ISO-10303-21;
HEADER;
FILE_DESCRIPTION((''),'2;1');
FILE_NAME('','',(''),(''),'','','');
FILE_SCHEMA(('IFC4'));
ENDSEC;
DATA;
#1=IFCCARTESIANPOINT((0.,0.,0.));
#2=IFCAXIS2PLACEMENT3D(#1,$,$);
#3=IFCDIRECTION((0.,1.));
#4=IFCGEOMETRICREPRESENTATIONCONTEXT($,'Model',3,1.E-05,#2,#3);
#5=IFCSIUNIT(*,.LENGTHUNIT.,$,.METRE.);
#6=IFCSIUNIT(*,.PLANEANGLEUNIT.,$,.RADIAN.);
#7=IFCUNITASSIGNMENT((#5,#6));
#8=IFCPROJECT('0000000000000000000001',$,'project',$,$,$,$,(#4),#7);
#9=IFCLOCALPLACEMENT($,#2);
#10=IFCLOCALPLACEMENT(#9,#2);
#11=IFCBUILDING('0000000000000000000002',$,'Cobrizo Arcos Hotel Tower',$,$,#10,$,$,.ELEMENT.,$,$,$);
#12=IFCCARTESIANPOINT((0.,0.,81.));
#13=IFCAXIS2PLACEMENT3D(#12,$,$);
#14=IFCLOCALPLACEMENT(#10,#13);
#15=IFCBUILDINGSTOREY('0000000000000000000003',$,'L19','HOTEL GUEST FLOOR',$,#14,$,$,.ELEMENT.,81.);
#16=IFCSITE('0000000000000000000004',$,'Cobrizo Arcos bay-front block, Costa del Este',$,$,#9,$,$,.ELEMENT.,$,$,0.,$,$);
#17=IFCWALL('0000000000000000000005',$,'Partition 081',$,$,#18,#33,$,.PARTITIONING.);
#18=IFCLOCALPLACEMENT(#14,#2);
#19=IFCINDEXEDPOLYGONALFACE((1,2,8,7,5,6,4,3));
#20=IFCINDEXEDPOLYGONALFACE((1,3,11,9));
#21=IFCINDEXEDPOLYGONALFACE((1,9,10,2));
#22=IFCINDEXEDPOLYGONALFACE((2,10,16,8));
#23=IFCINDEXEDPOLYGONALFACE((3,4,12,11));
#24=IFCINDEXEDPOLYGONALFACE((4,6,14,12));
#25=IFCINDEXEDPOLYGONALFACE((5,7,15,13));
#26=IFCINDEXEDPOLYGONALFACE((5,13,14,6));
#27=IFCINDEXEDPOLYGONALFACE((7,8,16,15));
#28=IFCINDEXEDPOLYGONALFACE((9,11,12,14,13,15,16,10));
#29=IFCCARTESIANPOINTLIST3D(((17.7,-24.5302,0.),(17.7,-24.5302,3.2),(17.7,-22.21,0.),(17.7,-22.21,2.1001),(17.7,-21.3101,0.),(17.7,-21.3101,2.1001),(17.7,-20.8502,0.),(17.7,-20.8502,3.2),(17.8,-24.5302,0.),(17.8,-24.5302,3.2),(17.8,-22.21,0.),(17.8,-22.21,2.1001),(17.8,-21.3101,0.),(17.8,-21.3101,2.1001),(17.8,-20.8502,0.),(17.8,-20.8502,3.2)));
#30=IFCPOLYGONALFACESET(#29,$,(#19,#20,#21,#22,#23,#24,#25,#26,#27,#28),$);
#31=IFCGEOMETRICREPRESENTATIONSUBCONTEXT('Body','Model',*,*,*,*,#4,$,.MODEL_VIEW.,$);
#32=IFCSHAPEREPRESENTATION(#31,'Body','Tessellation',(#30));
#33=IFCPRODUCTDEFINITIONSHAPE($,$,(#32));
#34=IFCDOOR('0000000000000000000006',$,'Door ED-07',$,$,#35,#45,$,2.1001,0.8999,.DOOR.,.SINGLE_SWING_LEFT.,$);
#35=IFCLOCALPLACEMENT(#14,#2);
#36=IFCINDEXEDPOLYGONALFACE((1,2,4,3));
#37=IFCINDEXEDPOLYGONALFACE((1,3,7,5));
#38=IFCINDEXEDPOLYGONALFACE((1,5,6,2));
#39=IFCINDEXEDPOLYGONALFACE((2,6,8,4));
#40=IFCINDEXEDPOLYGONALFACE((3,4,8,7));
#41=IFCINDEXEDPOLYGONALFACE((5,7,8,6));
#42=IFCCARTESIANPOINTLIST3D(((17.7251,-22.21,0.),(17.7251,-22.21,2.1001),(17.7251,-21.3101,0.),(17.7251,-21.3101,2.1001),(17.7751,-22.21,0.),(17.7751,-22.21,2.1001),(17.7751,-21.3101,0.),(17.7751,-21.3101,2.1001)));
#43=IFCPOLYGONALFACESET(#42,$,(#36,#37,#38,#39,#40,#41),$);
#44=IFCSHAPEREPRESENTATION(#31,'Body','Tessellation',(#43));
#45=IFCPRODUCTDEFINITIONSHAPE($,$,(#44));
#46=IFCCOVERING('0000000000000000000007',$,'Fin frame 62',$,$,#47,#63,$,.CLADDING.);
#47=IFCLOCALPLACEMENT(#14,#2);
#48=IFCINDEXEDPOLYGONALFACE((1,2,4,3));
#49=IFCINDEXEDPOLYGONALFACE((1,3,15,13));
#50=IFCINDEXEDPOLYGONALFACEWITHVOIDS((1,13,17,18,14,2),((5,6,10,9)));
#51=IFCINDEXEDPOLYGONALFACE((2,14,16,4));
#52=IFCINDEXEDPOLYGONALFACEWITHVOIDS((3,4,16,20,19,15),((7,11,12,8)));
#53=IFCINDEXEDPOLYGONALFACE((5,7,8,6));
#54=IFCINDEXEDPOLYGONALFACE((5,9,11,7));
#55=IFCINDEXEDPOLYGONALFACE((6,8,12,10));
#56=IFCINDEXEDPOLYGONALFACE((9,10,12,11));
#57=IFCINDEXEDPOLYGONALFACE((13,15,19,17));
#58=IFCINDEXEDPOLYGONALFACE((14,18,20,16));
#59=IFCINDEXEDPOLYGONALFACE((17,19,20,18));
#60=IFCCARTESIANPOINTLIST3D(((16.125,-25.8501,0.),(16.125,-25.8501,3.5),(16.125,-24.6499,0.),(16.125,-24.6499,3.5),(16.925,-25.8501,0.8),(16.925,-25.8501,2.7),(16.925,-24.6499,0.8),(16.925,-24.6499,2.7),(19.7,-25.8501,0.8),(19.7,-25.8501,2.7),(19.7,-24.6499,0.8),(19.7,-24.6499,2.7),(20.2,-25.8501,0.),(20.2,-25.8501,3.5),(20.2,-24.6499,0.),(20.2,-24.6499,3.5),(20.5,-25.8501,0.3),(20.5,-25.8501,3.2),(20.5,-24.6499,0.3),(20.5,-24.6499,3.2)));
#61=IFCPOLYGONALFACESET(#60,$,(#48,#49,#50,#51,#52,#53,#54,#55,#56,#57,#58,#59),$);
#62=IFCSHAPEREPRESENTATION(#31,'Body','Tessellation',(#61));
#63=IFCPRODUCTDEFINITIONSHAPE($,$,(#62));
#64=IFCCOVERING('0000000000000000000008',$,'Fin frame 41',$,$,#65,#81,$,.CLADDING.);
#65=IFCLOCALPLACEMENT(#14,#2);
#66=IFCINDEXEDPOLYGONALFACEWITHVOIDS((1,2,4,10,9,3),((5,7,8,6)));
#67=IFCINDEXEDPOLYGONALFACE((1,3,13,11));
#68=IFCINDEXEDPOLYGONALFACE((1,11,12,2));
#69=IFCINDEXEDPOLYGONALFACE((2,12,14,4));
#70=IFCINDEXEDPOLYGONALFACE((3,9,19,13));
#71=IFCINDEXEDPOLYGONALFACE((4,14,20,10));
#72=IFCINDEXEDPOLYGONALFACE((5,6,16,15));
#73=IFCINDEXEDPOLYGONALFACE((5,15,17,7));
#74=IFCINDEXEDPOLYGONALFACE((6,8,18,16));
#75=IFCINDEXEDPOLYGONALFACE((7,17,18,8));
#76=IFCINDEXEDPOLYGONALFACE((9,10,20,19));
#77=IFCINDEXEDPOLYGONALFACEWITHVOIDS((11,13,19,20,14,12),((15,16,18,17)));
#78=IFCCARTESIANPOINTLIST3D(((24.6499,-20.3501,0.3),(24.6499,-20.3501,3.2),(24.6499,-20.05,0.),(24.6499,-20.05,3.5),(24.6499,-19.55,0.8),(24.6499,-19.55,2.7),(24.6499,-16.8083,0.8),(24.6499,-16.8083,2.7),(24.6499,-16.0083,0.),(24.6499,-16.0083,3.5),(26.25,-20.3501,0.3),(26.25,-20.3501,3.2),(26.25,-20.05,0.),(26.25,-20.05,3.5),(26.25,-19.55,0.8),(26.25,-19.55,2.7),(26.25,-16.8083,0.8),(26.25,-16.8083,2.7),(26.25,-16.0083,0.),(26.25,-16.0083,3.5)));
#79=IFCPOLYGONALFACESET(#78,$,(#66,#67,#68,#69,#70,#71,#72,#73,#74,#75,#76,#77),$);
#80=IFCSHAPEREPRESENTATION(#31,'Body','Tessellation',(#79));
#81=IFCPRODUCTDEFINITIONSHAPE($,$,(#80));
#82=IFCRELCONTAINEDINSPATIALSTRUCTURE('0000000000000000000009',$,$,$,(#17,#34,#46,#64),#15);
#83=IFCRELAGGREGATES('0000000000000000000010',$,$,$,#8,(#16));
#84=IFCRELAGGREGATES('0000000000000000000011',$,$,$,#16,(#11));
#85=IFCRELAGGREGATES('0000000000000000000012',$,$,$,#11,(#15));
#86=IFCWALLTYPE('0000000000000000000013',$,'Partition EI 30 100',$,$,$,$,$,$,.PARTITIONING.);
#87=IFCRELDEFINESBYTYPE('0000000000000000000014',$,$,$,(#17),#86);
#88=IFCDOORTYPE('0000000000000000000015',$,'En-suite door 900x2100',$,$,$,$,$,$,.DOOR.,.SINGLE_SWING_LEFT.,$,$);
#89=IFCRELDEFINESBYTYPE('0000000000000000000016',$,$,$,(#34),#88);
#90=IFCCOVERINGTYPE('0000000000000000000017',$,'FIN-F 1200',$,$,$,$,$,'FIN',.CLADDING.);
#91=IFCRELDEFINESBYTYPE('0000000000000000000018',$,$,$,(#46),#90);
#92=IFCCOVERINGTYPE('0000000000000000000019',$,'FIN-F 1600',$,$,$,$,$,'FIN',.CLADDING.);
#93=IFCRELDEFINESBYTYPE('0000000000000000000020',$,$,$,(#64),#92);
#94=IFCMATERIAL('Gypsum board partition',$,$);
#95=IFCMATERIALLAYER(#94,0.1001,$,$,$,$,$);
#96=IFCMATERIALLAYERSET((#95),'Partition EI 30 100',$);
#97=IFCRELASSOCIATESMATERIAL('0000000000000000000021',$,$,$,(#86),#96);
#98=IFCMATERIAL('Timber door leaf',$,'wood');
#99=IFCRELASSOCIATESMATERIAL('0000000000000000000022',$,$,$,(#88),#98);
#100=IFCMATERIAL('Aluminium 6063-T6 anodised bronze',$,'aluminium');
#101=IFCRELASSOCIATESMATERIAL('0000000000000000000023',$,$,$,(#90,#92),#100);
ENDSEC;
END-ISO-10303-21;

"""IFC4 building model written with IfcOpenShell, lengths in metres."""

from ifc_helpers import new_model, si_unit, direction, frame, frame_2d, origin, place, context, subcontext, project, spatial, polyline, rectangle, outline, extrude, material, layer, layer_set, type_object, element, fill, save


model = new_model("IFC4")

# Units and contexts
model_context = context("Model", 3, precision=1e-05, world=origin(), true_north=direction((0.0, 1.0)))
body_context = subcontext(model_context, "Body", "Model", "MODEL_VIEW")
ifc_project = project(units=[si_unit("LENGTHUNIT", "METRE"), si_unit("PLANEANGLEUNIT", "RADIAN")], contexts=[model_context])

# Site, building, storey
site_placement = place(None, origin())
site = spatial("IfcSite", under=ifc_project, at=site_placement, Name="Cobrizo Arcos bay-front block, Costa del Este", CompositionType="ELEMENT", RefElevation=0.0)
building_placement = place(site_placement, origin())
building = spatial("IfcBuilding", under=site, at=building_placement, Name="Cobrizo Arcos Hotel Tower", CompositionType="ELEMENT")
storey_placement = place(building_placement, frame((0.0, 0.0, 81.0)))
storey = spatial("IfcBuildingStorey", under=building, at=storey_placement, Name="L19", Description="HOTEL GUEST FLOOR", CompositionType="ELEMENT", Elevation=81.0)

# Shared definitions
ifc_material_1 = material(Name="Aluminium 6063-T6 anodised bronze", Category="aluminium")

# Shared definitions
ifc_material_2 = material(Name="Gypsum board partition")
ifc_layer_1 = layer(ifc_material_2, 0.1001)
ifc_layer_set_1 = layer_set([ifc_layer_1], Name="Partition EI 30 100")
wall_type = type_object("IfcWallType", Name="Partition EI 30 100", PredefinedType="PARTITIONING", material=ifc_layer_set_1)

# Wall, opening, door
ifc_material_3 = material(Name="Timber door leaf", Category="wood")
wall_1_placement = place(storey_placement, frame((17.75, -24.53, 0.0), z_axis=(0.0, 0.0, 1.0), x_axis=(0.0, 1.0, 0.0)))
wall_1 = element("IfcWall", 1, at=wall_1_placement, inside=storey, type_object=wall_type, Name="Partition 081", PredefinedType="PARTITIONING", context=body_context, shape_type="SweptSolid", body=[
    extrude(rectangle(XDim=3.6799, YDim=0.1001, at=frame_2d((1.8398, 0.0))), origin(), (0.0, 0.0, 1.0), 3.2),
])
opening_1_placement = place(wall_1_placement, frame((2.3201, 0.0, 0.0)))
opening_1 = element("IfcOpeningElement", 2, at=opening_1_placement, cuts=wall_1, PredefinedType="OPENING", context=body_context, shape_type="SweptSolid", body=[
    extrude(rectangle(XDim=0.8999, YDim=2.1001, at=frame_2d((0.45, 1.05))), frame((0.0, 0.062, 0.0), z_axis=(0.0, -1.0, 0.0), x_axis=(1.0, 0.0, 0.0)), (0.0, 0.0, 1.0), 0.124),
])
door_type_1 = type_object("IfcDoorType", Name="En-suite door 900x2100", OperationType="SINGLE_SWING_LEFT", PredefinedType="DOOR", material=ifc_material_3)
door_1_placement = place(opening_1_placement, origin())
door_1 = element("IfcDoor", 3, at=door_1_placement, inside=storey, type_object=door_type_1, Name="Door ED-07", OperationType="SINGLE_SWING_LEFT", OverallHeight=2.1001, OverallWidth=0.8999, PredefinedType="DOOR", context=body_context, shape_type="SweptSolid", body=[
    extrude(rectangle(XDim=0.8999, YDim=2.1001, at=frame_2d((0.45, 1.05))), frame((0.0, 0.0249, 0.0), z_axis=(0.0, -1.0, 0.0), x_axis=(1.0, 0.0, 0.0)), (0.0, 0.0, 1.0), 0.05),
])
fill(opening_1, door_1)

# Coverings
covering_type_1 = type_object("IfcCoveringType", Name="FIN-F 1200", ElementType="FIN", PredefinedType="CLADDING", material=ifc_material_1)
covering_1_placement = place(storey_placement, frame((16.125, -24.6499, 0.0), z_axis=(0.0, -1.0, 0.0), x_axis=(1.0, 0.0, 0.0)))
element("IfcCovering", 4, at=covering_1_placement, inside=storey, type_object=covering_type_1, Name="Fin frame 62", PredefinedType="CLADDING", context=body_context, shape_type="SweptSolid", body=[
    extrude(outline(polyline([(0.0, 3.5), (0.0, 0.0), (4.075, 0.0), (4.375, 0.3), (4.375, 3.2), (4.075, 3.5), (0.0, 3.5)]), holes=[polyline([(3.575, 0.8), (0.8, 0.8), (0.8, 2.7), (3.575, 2.7), (3.575, 0.8)])]), origin(), (0.0, 0.0, 1.0), 1.2002),
])
covering_type_2 = type_object("IfcCoveringType", Name="FIN-F 1600", ElementType="FIN", PredefinedType="CLADDING", material=ifc_material_1)
covering_2_placement = place(storey_placement, frame((24.6499, -20.3501, 0.0), z_axis=(1.0, 0.0, 0.0), x_axis=(0.0, 1.0, 0.0)))
element("IfcCovering", 5, at=covering_2_placement, inside=storey, type_object=covering_type_2, Name="Fin frame 41", PredefinedType="CLADDING", context=body_context, shape_type="SweptSolid", body=[
    extrude(outline(polyline([(0.0, 0.3), (0.3, 0.0), (4.3418, 0.0), (4.3418, 3.5), (0.3, 3.5), (0.0, 3.2), (0.0, 0.3)]), holes=[polyline([(3.5417, 0.8), (0.8, 0.8), (0.8, 2.7), (3.5417, 2.7), (3.5417, 0.8)])]), origin(), (0.0, 0.0, 1.0), 1.6001),
])

save(model, "model.ifc")
